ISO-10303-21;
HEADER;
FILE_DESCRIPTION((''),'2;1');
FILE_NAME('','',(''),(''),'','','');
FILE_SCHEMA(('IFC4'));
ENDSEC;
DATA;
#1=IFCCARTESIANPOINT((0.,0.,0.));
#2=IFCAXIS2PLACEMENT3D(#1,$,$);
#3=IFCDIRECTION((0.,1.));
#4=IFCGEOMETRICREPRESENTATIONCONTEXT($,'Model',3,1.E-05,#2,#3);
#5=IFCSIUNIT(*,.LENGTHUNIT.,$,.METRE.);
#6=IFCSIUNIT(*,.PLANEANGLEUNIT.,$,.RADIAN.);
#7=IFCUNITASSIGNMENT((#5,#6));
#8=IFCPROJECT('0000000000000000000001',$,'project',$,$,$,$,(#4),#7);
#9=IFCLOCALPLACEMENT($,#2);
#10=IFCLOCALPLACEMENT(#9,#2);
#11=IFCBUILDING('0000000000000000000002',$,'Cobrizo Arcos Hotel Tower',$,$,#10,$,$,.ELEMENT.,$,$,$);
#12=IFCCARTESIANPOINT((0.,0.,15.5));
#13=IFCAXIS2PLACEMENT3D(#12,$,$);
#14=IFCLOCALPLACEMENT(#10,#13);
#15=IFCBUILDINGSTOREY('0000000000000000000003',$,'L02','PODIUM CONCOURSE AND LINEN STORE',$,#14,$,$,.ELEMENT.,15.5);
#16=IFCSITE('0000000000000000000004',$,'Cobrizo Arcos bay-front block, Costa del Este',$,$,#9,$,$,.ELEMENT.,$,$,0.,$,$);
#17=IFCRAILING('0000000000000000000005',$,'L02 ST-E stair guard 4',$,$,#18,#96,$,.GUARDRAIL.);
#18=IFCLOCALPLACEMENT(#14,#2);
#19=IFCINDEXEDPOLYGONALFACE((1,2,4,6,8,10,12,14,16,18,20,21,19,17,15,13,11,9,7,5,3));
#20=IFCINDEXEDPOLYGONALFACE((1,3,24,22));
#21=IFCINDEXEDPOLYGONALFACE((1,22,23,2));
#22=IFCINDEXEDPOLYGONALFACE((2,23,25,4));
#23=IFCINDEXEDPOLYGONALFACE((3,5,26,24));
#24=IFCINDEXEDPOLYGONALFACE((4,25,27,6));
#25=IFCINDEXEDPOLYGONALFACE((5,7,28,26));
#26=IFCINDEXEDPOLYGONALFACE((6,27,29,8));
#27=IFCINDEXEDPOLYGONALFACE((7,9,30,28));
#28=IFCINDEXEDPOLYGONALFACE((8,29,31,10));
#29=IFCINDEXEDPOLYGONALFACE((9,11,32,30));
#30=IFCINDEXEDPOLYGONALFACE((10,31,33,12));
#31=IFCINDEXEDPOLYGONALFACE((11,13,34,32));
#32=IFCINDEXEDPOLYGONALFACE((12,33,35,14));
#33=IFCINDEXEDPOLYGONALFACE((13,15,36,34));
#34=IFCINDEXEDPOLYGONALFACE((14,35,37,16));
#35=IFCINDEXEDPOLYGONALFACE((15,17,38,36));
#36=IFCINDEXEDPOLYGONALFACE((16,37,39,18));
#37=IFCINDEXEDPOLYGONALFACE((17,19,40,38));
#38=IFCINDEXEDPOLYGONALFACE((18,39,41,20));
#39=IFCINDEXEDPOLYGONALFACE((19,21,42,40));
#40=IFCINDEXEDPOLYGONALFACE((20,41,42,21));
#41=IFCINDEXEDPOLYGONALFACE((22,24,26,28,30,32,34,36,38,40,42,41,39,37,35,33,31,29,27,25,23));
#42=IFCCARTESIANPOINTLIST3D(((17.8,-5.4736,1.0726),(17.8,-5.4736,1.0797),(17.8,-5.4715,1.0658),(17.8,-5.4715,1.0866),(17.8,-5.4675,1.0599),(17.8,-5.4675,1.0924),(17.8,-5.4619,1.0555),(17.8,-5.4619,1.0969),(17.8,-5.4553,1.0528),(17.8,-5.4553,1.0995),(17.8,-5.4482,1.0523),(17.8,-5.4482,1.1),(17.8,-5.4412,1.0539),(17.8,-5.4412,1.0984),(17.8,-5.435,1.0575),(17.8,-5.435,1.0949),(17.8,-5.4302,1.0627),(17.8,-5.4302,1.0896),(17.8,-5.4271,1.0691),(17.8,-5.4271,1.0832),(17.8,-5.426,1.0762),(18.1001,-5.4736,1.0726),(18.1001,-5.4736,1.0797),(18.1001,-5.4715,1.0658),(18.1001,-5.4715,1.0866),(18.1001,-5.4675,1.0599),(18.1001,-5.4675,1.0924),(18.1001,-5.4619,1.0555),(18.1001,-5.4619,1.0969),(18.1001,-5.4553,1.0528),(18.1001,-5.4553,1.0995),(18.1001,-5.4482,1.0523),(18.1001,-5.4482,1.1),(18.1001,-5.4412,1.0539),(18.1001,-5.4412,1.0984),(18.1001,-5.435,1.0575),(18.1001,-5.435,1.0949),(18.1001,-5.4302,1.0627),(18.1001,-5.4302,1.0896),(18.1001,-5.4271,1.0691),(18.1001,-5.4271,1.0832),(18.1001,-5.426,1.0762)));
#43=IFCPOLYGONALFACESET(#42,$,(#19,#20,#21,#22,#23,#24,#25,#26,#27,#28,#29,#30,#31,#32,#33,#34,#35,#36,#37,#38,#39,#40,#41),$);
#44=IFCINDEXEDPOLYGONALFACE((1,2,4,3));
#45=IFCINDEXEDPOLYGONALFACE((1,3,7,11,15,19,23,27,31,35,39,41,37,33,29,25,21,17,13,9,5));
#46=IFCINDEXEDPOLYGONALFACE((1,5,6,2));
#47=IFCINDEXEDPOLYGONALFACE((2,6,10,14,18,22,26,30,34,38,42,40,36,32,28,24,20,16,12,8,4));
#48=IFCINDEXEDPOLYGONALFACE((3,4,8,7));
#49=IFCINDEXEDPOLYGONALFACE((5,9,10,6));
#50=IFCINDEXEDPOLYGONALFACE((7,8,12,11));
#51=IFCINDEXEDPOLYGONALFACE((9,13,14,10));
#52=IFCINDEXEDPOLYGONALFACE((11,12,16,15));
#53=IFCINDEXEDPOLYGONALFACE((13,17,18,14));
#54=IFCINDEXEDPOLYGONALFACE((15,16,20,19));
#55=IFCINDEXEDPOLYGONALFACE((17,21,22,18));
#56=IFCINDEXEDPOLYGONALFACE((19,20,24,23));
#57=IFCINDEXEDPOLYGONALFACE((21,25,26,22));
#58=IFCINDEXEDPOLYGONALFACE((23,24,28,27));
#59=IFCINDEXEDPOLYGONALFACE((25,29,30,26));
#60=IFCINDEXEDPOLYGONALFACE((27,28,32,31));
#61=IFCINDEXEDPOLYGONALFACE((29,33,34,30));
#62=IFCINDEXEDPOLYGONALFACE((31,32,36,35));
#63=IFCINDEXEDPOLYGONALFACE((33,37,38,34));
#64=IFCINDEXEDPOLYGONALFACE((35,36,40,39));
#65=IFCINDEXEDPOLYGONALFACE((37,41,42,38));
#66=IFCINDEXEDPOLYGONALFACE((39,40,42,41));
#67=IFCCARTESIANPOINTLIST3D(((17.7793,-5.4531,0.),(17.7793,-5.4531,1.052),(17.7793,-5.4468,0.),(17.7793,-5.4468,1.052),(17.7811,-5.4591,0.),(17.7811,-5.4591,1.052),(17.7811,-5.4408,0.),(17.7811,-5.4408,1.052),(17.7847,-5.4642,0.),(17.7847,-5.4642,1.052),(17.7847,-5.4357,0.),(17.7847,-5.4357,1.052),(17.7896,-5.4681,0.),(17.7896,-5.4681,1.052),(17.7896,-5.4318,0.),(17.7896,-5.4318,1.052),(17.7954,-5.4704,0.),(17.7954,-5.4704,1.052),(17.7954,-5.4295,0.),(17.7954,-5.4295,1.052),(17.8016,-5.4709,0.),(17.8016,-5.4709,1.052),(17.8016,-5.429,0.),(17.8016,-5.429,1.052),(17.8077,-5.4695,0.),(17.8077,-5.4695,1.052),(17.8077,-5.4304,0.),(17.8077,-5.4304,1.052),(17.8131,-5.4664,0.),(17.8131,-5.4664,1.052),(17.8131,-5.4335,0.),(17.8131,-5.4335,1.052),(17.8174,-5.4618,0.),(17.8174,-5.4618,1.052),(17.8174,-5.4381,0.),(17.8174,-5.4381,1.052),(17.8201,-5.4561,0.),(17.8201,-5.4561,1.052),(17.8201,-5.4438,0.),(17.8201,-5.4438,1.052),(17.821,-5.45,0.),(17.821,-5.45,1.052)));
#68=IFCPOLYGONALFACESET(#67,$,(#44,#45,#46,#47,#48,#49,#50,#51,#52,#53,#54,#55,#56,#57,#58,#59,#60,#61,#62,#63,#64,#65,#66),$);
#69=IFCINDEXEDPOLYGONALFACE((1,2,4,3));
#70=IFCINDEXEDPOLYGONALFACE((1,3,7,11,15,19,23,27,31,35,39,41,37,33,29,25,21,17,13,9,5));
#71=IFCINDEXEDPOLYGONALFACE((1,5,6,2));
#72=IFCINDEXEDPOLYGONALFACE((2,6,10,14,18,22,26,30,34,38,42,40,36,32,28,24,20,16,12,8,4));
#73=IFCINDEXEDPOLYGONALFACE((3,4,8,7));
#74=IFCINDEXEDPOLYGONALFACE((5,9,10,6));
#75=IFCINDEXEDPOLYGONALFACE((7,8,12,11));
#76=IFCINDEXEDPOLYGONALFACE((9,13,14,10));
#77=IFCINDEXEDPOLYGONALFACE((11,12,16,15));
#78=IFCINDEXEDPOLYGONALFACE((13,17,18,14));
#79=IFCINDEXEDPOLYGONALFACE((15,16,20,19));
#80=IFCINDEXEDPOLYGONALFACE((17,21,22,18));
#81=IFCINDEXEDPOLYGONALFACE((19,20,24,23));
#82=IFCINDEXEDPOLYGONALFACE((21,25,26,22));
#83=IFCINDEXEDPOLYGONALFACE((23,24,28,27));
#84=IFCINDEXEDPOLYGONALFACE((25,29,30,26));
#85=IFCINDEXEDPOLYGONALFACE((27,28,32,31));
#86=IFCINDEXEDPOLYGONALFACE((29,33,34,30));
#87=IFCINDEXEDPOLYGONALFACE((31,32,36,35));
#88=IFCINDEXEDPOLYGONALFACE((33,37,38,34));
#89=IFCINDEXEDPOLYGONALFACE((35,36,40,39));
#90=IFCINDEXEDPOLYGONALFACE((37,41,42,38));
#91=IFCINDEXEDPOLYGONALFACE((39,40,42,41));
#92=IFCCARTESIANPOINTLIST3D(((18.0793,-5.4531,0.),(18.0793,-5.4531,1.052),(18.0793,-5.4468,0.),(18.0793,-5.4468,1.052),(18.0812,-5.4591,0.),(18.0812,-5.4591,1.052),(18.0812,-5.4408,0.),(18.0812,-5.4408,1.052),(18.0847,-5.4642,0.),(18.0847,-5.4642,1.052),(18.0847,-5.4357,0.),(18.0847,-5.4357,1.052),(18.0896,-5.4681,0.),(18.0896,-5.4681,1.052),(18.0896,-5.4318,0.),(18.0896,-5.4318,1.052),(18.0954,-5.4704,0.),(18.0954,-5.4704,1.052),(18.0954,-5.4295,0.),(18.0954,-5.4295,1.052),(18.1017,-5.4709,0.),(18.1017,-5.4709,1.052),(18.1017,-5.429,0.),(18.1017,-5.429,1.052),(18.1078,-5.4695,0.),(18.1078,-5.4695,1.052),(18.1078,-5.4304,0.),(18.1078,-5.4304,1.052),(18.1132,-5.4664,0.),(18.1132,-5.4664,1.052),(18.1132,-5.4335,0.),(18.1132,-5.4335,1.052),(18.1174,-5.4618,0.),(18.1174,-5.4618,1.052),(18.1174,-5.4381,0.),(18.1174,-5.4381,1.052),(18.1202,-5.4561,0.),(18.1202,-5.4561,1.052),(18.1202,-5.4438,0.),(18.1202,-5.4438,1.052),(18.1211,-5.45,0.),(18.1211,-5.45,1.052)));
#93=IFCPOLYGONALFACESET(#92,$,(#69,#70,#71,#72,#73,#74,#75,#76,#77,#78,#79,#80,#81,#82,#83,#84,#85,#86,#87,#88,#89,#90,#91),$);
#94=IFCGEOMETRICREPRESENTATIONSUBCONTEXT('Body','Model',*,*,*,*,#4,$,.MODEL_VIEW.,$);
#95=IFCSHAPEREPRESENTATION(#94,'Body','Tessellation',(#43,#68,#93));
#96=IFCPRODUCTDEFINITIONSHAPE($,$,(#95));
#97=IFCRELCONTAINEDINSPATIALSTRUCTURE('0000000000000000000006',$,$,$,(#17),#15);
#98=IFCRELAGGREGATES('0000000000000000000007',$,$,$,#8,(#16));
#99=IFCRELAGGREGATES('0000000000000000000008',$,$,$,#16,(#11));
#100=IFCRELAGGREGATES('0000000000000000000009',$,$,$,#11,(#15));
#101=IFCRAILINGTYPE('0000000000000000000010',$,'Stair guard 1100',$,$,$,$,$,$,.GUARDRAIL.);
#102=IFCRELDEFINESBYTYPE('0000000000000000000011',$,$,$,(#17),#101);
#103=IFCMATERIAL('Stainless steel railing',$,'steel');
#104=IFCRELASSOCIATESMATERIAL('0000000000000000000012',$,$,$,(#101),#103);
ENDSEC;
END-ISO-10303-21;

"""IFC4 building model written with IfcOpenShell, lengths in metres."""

from ifc_helpers import new_model, si_unit, direction, frame, origin, origin_2d, place, context, subcontext, project, spatial, circle, extrude, material, type_object, element, save


model = new_model("IFC4")

# Units and contexts
model_context = context("Model", 3, precision=1e-05, world=origin(), true_north=direction((0.0, 1.0)))
body_context = subcontext(model_context, "Body", "Model", "MODEL_VIEW")
ifc_project = project(units=[si_unit("LENGTHUNIT", "METRE"), si_unit("PLANEANGLEUNIT", "RADIAN")], contexts=[model_context])

# Site, building, storey
site_placement = place(None, origin())
site = spatial("IfcSite", under=ifc_project, at=site_placement, Name="Cobrizo Arcos bay-front block, Costa del Este", CompositionType="ELEMENT", RefElevation=0.0)
building_placement = place(site_placement, origin())
building = spatial("IfcBuilding", under=site, at=building_placement, Name="Cobrizo Arcos Hotel Tower", CompositionType="ELEMENT")
storey_placement = place(building_placement, frame((0.0, 0.0, 15.5)))
storey = spatial("IfcBuildingStorey", under=building, at=storey_placement, Name="L02", Description="PODIUM CONCOURSE AND LINEN STORE", CompositionType="ELEMENT", Elevation=15.5)

# Railing
ifc_material_1 = material(Name="Stainless steel railing", Category="steel")
railing_type_1 = type_object("IfcRailingType", Name="Stair guard 1100", PredefinedType="GUARDRAIL", material=ifc_material_1)
railing_1_placement = place(storey_placement, frame((17.8, -5.45, 0.0)))
element("IfcRailing", 1, at=railing_1_placement, inside=storey, type_object=railing_type_1, Name="L02 ST-E stair guard 4", PredefinedType="GUARDRAIL", context=body_context, shape_type="SweptSolid", body=[
    extrude(circle(Radius=0.0239, at=origin_2d()), frame((0.0, 0.0, 1.0762), z_axis=(1.0, 0.0, 0.0), x_axis=(0.0, 1.0, 0.0)), (0.0, 0.0, 1.0), 0.3),
    extrude(circle(Radius=0.021, at=origin_2d()), origin(), (0.0, 0.0, 1.0), 1.052),
    extrude(circle(Radius=0.021, at=origin_2d()), frame((0.3, 0.0, 0.0)), (0.0, 0.0, 1.0), 1.052),
])

save(model, "model.ifc")
